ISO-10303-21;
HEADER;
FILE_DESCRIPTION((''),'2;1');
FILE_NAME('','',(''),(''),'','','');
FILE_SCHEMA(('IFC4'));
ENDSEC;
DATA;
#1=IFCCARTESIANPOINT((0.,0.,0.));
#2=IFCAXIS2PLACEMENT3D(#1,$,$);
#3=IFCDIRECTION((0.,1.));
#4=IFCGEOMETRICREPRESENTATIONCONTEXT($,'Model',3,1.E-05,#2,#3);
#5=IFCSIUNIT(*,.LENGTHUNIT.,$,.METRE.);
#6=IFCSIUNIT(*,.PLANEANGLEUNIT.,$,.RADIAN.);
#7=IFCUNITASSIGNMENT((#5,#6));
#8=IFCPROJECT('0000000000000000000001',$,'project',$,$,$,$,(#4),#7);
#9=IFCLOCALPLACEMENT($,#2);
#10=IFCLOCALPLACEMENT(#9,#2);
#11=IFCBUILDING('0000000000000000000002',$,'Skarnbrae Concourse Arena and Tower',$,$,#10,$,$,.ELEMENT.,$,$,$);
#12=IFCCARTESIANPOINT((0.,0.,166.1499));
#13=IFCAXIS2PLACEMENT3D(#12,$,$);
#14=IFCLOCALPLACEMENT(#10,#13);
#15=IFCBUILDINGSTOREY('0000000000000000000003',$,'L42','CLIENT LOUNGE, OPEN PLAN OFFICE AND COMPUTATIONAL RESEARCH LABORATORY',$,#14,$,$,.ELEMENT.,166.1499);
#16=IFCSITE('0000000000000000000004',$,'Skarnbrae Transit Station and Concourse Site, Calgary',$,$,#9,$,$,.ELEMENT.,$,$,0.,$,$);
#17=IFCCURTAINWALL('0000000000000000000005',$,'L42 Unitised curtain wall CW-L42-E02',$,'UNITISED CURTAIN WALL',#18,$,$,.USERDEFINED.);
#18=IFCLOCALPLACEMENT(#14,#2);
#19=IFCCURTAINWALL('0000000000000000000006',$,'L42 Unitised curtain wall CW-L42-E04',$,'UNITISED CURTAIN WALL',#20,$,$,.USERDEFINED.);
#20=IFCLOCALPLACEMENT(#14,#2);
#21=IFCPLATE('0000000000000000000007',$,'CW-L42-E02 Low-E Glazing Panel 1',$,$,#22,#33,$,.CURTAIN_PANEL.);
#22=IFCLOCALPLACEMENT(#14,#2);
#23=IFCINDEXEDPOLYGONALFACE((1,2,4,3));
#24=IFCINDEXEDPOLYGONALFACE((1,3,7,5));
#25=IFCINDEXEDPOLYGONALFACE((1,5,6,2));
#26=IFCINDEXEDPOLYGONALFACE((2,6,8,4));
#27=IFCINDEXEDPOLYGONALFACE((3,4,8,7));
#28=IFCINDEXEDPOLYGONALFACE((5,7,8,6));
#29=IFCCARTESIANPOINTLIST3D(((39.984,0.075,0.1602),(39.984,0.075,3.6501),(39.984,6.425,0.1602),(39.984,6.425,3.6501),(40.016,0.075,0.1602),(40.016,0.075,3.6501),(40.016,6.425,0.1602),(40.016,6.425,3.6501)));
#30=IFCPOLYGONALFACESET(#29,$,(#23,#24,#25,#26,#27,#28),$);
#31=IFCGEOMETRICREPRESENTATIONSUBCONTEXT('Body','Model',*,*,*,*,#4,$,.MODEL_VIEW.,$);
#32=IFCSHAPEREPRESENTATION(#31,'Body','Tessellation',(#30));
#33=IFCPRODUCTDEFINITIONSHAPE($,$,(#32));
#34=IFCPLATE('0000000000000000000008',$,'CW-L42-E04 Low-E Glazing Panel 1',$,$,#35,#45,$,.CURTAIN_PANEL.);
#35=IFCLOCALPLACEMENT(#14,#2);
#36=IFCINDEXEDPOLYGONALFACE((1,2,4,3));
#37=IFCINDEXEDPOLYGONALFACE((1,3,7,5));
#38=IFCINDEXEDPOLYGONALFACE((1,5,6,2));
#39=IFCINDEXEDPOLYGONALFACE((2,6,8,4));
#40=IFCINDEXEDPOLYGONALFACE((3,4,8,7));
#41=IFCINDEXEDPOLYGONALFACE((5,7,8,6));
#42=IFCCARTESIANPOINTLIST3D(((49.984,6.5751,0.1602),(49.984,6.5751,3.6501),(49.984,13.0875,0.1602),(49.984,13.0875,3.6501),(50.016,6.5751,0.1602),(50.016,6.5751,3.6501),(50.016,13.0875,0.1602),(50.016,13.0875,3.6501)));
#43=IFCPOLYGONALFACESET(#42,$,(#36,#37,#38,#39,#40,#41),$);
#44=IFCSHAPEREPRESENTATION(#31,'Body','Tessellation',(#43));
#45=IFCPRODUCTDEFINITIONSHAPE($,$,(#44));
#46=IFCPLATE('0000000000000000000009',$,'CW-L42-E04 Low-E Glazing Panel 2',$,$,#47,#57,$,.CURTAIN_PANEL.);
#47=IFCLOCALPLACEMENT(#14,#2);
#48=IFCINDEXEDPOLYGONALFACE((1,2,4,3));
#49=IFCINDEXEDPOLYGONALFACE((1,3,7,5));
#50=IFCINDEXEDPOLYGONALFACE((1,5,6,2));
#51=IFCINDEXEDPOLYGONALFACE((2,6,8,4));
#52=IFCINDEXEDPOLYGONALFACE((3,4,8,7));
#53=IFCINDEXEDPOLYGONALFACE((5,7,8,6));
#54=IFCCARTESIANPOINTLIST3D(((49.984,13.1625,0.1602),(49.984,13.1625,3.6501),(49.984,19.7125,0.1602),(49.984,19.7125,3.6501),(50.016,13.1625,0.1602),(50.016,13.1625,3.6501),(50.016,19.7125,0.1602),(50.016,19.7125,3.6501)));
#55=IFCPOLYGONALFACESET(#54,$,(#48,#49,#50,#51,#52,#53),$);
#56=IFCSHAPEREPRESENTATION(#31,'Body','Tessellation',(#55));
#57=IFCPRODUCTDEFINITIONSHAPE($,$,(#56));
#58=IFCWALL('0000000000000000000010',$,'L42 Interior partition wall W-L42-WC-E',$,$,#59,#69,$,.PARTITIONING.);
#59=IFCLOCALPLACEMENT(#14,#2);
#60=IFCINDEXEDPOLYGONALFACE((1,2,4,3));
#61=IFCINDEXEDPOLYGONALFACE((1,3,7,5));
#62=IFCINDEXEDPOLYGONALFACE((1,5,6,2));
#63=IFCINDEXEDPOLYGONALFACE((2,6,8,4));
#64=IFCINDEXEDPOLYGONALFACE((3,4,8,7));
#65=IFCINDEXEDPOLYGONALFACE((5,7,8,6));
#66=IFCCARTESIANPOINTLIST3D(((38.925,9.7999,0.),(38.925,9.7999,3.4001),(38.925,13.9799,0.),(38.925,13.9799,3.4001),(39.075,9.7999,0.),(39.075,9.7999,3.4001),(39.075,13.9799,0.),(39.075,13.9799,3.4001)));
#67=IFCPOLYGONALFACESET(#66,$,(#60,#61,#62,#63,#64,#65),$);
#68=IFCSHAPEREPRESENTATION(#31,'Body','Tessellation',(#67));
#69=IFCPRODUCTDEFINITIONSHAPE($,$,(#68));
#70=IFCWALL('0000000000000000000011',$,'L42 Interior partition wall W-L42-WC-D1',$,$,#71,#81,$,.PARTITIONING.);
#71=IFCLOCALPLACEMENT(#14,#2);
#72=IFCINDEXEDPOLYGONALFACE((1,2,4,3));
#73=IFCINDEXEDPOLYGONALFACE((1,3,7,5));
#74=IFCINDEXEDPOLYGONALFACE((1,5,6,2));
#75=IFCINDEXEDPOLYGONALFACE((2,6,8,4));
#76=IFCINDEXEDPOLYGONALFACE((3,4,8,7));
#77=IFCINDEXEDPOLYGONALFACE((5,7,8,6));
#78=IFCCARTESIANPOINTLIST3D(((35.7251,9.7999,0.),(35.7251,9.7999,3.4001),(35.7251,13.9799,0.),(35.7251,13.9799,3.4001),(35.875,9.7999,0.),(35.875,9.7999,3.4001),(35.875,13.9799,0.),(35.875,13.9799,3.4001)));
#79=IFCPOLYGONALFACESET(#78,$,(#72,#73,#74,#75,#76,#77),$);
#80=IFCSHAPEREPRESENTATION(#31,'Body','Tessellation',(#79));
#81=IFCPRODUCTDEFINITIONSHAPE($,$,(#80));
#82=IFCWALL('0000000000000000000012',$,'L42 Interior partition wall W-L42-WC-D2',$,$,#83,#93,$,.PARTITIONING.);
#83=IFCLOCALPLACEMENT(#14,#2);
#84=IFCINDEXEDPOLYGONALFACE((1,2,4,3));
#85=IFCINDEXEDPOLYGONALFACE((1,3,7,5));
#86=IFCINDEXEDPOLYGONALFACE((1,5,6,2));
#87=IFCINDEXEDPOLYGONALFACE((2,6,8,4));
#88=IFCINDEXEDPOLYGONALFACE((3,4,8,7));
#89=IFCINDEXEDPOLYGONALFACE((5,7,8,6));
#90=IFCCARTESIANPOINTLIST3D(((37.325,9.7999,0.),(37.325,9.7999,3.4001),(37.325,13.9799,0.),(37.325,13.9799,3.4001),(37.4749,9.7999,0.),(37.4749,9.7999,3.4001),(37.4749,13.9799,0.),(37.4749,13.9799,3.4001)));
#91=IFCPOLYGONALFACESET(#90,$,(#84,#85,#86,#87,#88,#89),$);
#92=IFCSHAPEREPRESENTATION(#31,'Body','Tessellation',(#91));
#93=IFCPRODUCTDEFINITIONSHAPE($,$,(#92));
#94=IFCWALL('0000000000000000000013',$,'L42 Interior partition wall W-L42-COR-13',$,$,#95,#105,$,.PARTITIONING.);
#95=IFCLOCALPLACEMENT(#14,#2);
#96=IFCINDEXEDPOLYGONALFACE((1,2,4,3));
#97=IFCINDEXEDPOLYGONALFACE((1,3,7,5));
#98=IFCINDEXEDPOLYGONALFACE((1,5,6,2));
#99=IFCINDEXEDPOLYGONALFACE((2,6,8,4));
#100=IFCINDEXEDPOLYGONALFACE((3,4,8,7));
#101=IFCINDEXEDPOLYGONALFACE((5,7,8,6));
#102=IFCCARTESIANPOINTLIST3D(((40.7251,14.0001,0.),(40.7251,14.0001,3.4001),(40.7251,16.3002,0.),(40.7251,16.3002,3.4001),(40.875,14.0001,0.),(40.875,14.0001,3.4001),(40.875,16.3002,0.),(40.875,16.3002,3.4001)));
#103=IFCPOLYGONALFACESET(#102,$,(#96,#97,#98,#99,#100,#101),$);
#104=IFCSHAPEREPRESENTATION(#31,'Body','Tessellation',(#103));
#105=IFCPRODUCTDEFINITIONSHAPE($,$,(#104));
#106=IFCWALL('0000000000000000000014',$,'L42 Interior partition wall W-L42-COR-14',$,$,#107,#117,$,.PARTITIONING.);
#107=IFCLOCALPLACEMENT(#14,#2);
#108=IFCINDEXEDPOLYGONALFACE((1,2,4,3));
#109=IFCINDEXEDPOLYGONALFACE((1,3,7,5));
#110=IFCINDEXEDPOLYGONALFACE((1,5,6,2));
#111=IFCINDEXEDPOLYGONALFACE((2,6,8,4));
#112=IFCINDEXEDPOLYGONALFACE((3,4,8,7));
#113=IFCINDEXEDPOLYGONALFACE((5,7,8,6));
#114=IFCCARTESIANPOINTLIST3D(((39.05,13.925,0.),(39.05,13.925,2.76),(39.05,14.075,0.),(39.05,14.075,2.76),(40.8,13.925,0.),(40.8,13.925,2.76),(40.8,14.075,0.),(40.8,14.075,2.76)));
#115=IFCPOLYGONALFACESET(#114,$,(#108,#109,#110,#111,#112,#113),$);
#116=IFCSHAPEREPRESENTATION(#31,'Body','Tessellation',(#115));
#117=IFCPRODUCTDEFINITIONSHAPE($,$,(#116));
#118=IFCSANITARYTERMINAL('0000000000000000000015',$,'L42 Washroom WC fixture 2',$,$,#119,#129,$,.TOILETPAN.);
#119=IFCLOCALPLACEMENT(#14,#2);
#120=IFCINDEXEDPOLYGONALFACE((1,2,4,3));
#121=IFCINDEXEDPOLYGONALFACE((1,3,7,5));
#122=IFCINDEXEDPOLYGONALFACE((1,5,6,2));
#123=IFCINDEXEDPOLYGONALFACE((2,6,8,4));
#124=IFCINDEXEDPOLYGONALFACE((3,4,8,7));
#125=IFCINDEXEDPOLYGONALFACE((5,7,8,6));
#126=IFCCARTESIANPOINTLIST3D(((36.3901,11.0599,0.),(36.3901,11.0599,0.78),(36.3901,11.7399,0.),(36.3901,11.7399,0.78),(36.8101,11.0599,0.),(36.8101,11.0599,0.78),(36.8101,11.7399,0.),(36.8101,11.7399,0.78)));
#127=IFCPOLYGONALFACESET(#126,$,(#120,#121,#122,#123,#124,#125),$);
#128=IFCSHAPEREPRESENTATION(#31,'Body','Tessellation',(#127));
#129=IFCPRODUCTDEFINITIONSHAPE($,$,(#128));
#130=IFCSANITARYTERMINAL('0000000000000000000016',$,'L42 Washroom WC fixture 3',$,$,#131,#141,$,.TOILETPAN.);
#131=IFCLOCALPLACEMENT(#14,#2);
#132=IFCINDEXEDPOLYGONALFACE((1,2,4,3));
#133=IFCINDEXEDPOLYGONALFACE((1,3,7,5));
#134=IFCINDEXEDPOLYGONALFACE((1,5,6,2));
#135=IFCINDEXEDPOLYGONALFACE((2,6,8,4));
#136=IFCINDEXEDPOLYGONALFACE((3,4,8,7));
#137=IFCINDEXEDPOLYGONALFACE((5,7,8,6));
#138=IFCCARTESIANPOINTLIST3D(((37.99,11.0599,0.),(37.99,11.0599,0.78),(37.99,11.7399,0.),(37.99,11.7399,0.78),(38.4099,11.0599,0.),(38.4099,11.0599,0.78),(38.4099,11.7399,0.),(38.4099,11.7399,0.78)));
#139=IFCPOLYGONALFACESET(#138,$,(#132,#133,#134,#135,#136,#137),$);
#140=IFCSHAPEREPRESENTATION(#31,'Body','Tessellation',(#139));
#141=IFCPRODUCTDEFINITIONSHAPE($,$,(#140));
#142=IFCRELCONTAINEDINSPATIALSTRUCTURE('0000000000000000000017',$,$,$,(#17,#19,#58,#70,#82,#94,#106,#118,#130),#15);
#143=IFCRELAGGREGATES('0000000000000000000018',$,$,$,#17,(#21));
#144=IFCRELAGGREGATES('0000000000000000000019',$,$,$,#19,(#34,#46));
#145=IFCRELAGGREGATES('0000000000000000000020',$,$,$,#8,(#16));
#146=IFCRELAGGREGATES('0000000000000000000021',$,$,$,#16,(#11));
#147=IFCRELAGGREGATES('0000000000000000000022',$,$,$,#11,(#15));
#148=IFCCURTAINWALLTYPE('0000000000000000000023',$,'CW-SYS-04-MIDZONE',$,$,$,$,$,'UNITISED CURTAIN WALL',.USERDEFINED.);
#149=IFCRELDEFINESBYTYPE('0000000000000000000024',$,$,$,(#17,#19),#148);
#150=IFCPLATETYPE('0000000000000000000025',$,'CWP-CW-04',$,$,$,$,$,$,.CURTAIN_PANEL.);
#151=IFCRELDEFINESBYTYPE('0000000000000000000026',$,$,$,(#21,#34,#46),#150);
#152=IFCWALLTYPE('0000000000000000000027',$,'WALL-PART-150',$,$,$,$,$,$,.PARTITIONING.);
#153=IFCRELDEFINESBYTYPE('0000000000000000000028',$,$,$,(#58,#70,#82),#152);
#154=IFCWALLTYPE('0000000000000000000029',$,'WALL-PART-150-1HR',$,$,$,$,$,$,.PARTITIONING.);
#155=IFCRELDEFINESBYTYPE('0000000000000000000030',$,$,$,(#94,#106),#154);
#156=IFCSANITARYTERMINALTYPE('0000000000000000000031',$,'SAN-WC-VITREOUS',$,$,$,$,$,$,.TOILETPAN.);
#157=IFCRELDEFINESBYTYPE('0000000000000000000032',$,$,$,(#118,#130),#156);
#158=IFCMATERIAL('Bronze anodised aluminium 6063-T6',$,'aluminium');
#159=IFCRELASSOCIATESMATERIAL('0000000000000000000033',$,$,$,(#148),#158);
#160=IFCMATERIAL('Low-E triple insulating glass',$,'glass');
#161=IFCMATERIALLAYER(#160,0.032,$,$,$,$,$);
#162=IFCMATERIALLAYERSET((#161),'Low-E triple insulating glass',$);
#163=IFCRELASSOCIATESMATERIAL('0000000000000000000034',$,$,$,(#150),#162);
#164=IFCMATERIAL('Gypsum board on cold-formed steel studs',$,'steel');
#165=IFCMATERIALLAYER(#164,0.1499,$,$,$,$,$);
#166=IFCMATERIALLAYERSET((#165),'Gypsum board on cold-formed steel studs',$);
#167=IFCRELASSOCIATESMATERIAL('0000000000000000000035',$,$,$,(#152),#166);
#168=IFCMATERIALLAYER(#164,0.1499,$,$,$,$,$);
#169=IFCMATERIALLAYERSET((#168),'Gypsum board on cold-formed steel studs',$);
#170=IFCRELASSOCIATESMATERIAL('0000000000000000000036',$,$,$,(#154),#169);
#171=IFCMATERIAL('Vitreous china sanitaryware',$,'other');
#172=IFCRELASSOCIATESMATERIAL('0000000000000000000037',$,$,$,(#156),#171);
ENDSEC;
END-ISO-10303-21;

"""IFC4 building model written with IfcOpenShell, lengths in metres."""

from ifc_helpers import new_model, si_unit, direction, frame, frame_2d, origin, origin_2d, place, context, subcontext, project, spatial, rectangle, extrude, source, transform, mapped, material, layer, layer_set, type_object, element, aggregate, save


model = new_model("IFC4")

# Units and contexts
model_context = context("Model", 3, precision=1e-05, world=origin(), true_north=direction((0.0, 1.0)))
body_context = subcontext(model_context, "Body", "Model", "MODEL_VIEW")
ifc_project = project(units=[si_unit("LENGTHUNIT", "METRE"), si_unit("PLANEANGLEUNIT", "RADIAN")], contexts=[model_context])

# Site, building, storey
site_placement = place(None, origin())
site = spatial("IfcSite", under=ifc_project, at=site_placement, Name="Skarnbrae Transit Station and Concourse Site, Calgary", CompositionType="ELEMENT", RefElevation=0.0)
building_placement = place(site_placement, origin())
building = spatial("IfcBuilding", under=site, at=building_placement, Name="Skarnbrae Concourse Arena and Tower", CompositionType="ELEMENT")
storey_placement = place(building_placement, frame((0.0, 0.0, 166.1499)))
storey = spatial("IfcBuildingStorey", under=building, at=storey_placement, Name="L42", Description="CLIENT LOUNGE, OPEN PLAN OFFICE AND COMPUTATIONAL RESEARCH LABORATORY", CompositionType="ELEMENT", Elevation=166.1499)

# Shared definitions
ifc_material_1 = material(Name="Bronze anodised aluminium 6063-T6", Category="aluminium")
curtain_wall_type = type_object("IfcCurtainWallType", Name="CW-SYS-04-MIDZONE", ElementType="UNITISED CURTAIN WALL", PredefinedType="USERDEFINED", material=ifc_material_1)

# Curtain walls
curtain_wall_1_placement = place(storey_placement, origin())
curtain_wall_1 = element("IfcCurtainWall", 1, at=curtain_wall_1_placement, inside=storey, type_object=curtain_wall_type, Name="L42 Unitised curtain wall CW-L42-E02", ObjectType="UNITISED CURTAIN WALL", PredefinedType="USERDEFINED")
curtain_wall_2_placement = place(storey_placement, origin())
curtain_wall_2 = element("IfcCurtainWall", 2, at=curtain_wall_2_placement, inside=storey, type_object=curtain_wall_type, Name="L42 Unitised curtain wall CW-L42-E04", ObjectType="UNITISED CURTAIN WALL", PredefinedType="USERDEFINED")

# Plates
ifc_material_2 = material(Name="Low-E triple insulating glass", Category="glass")
ifc_layer_1 = layer(ifc_material_2, 0.032)
ifc_layer_set_1 = layer_set([ifc_layer_1], Name="Low-E triple insulating glass")
plate_type = type_object("IfcPlateType", Name="CWP-CW-04", PredefinedType="CURTAIN_PANEL", material=ifc_layer_set_1)
shared_shape_1 = source(origin(), body_context, "Body", "SweptSolid", [
    extrude(rectangle(XDim=6.3501, YDim=0.032, at=origin_2d()), origin(), (0.0, 0.0, 1.0), 3.49),
])
plate_1_placement = place(storey_placement, frame((40.0, 3.25, 0.1602), z_axis=(0.0, 0.0, 1.0), x_axis=(0.0, 1.0, 0.0)))
plate_1 = element("IfcPlate", 3, at=plate_1_placement, type_object=plate_type, Name="CW-L42-E02 Low-E Glazing Panel 1", PredefinedType="CURTAIN_PANEL", context=body_context, shape_type="MappedRepresentation", body=[
    mapped(shared_shape_1, transform((0.0, 0.0, 0.0))),
])
aggregate(curtain_wall_1, [plate_1])
shared_shape_2 = source(origin(), body_context, "Body", "SweptSolid", [
    extrude(rectangle(XDim=6.5125, YDim=0.032, at=origin_2d()), origin(), (0.0, 0.0, 1.0), 3.49),
])
plate_2_placement = place(storey_placement, frame((50.0, 9.8313, 0.1602), z_axis=(0.0, 0.0, 1.0), x_axis=(0.0, 1.0, 0.0)))
plate_2 = element("IfcPlate", 4, at=plate_2_placement, type_object=plate_type, Name="CW-L42-E04 Low-E Glazing Panel 1", PredefinedType="CURTAIN_PANEL", context=body_context, shape_type="MappedRepresentation", body=[
    mapped(shared_shape_2, transform((0.0, 0.0, 0.0))),
])
shared_shape_3 = source(origin(), body_context, "Body", "SweptSolid", [
    extrude(rectangle(XDim=6.55, YDim=0.032, at=origin_2d()), origin(), (0.0, 0.0, 1.0), 3.49),
])
plate_3_placement = place(storey_placement, frame((50.0, 16.4375, 0.1602), z_axis=(0.0, 0.0, 1.0), x_axis=(0.0, 1.0, 0.0)))
plate_3 = element("IfcPlate", 5, at=plate_3_placement, type_object=plate_type, Name="CW-L42-E04 Low-E Glazing Panel 2", PredefinedType="CURTAIN_PANEL", context=body_context, shape_type="MappedRepresentation", body=[
    mapped(shared_shape_3, transform((0.0, 0.0, 0.0))),
])
aggregate(curtain_wall_2, [plate_2, plate_3])

# Walls
ifc_material_3 = material(Name="Gypsum board on cold-formed steel studs", Category="steel")
ifc_layer_2 = layer(ifc_material_3, 0.1499)
ifc_layer_set_2 = layer_set([ifc_layer_2], Name="Gypsum board on cold-formed steel studs")
wall_type_1 = type_object("IfcWallType", Name="WALL-PART-150", PredefinedType="PARTITIONING", material=ifc_layer_set_2)
shared_shape_4 = source(origin(), body_context, "Body", "SweptSolid", [
    extrude(rectangle(XDim=4.1799, YDim=0.1499, at=frame_2d((2.0898, 0.0))), origin(), (0.0, 0.0, 1.0), 3.4001),
])
for number, where, z_axis, x_axis, name in (
    (6, (39.0, 9.8, 0.0), (0.0, 0.0, 1.0), (0.0, 1.0, 0.0), "L42 Interior partition wall W-L42-WC-E"),
    (7, (35.8, 9.8, 0.0), (0.0, 0.0, 1.0), (0.0, 1.0, 0.0), "L42 Interior partition wall W-L42-WC-D1"),
    (8, (37.3999, 9.8, 0.0), (0.0, 0.0, 1.0), (0.0, 1.0, 0.0), "L42 Interior partition wall W-L42-WC-D2"),
):
    element("IfcWall", number, at=place(storey_placement, frame(where, z_axis=z_axis, x_axis=x_axis)), inside=storey, type_object=wall_type_1, Name=name, PredefinedType="PARTITIONING", context=body_context, shape_type="MappedRepresentation", body=[
        mapped(shared_shape_4, transform((0.0, 0.0, 0.0))),
    ])
ifc_layer_3 = layer(ifc_material_3, 0.1499)
ifc_layer_set_3 = layer_set([ifc_layer_3], Name="Gypsum board on cold-formed steel studs")
wall_type_2 = type_object("IfcWallType", Name="WALL-PART-150-1HR", PredefinedType="PARTITIONING", material=ifc_layer_set_3)
shared_shape_5 = source(origin(), body_context, "Body", "SweptSolid", [
    extrude(rectangle(XDim=2.3, YDim=0.1499, at=frame_2d((1.1499, 0.0))), origin(), (0.0, 0.0, 1.0), 3.4001),
])
wall_1_placement = place(storey_placement, frame((40.8, 16.3, 0.0), z_axis=(0.0, 0.0, 1.0), x_axis=(0.0, -1.0, 0.0)))
element("IfcWall", 9, at=wall_1_placement, inside=storey, type_object=wall_type_2, Name="L42 Interior partition wall W-L42-COR-13", PredefinedType="PARTITIONING", context=body_context, shape_type="MappedRepresentation", body=[
    mapped(shared_shape_5, transform((0.0, 0.0, 0.0))),
])
shared_shape_6 = source(origin(), body_context, "Body", "SweptSolid", [
    extrude(rectangle(XDim=1.75, YDim=0.1499, at=frame_2d((0.875, 0.0))), origin(), (0.0, 0.0, 1.0), 2.76),
])
wall_2_placement = place(storey_placement, frame((40.8, 14.0, 0.0), z_axis=(0.0, 0.0, 1.0), x_axis=(-1.0, 0.0, 0.0)))
element("IfcWall", 10, at=wall_2_placement, inside=storey, type_object=wall_type_2, Name="L42 Interior partition wall W-L42-COR-14", PredefinedType="PARTITIONING", context=body_context, shape_type="MappedRepresentation", body=[
    mapped(shared_shape_6, transform((0.0, 0.0, 0.0))),
])

# Sanitary terminals
ifc_material_4 = material(Name="Vitreous china sanitaryware", Category="other")
sanitary_terminal_type = type_object("IfcSanitaryTerminalType", Name="SAN-WC-VITREOUS", PredefinedType="TOILETPAN", material=ifc_material_4)
shared_shape_7 = source(origin(), body_context, "Body", "SweptSolid", [
    extrude(rectangle(XDim=0.4199, YDim=0.6799, at=origin_2d()), origin(), (0.0, 0.0, 1.0), 0.78),
])
for number, where, z_axis, x_axis, name in (
    (11, (36.6001, 11.3999, 0.0), (0.0, 0.0, 1.0), (1.0, 0.0, 0.0), "L42 Washroom WC fixture 2"),
    (12, (38.2, 11.3999, 0.0), (0.0, 0.0, 1.0), (1.0, 0.0, 0.0), "L42 Washroom WC fixture 3"),
):
    element("IfcSanitaryTerminal", number, at=place(storey_placement, frame(where, z_axis=z_axis, x_axis=x_axis)), inside=storey, type_object=sanitary_terminal_type, Name=name, PredefinedType="TOILETPAN", context=body_context, shape_type="MappedRepresentation", body=[
        mapped(shared_shape_7, transform((0.0, 0.0, 0.0))),
    ])

save(model, "model.ifc")
